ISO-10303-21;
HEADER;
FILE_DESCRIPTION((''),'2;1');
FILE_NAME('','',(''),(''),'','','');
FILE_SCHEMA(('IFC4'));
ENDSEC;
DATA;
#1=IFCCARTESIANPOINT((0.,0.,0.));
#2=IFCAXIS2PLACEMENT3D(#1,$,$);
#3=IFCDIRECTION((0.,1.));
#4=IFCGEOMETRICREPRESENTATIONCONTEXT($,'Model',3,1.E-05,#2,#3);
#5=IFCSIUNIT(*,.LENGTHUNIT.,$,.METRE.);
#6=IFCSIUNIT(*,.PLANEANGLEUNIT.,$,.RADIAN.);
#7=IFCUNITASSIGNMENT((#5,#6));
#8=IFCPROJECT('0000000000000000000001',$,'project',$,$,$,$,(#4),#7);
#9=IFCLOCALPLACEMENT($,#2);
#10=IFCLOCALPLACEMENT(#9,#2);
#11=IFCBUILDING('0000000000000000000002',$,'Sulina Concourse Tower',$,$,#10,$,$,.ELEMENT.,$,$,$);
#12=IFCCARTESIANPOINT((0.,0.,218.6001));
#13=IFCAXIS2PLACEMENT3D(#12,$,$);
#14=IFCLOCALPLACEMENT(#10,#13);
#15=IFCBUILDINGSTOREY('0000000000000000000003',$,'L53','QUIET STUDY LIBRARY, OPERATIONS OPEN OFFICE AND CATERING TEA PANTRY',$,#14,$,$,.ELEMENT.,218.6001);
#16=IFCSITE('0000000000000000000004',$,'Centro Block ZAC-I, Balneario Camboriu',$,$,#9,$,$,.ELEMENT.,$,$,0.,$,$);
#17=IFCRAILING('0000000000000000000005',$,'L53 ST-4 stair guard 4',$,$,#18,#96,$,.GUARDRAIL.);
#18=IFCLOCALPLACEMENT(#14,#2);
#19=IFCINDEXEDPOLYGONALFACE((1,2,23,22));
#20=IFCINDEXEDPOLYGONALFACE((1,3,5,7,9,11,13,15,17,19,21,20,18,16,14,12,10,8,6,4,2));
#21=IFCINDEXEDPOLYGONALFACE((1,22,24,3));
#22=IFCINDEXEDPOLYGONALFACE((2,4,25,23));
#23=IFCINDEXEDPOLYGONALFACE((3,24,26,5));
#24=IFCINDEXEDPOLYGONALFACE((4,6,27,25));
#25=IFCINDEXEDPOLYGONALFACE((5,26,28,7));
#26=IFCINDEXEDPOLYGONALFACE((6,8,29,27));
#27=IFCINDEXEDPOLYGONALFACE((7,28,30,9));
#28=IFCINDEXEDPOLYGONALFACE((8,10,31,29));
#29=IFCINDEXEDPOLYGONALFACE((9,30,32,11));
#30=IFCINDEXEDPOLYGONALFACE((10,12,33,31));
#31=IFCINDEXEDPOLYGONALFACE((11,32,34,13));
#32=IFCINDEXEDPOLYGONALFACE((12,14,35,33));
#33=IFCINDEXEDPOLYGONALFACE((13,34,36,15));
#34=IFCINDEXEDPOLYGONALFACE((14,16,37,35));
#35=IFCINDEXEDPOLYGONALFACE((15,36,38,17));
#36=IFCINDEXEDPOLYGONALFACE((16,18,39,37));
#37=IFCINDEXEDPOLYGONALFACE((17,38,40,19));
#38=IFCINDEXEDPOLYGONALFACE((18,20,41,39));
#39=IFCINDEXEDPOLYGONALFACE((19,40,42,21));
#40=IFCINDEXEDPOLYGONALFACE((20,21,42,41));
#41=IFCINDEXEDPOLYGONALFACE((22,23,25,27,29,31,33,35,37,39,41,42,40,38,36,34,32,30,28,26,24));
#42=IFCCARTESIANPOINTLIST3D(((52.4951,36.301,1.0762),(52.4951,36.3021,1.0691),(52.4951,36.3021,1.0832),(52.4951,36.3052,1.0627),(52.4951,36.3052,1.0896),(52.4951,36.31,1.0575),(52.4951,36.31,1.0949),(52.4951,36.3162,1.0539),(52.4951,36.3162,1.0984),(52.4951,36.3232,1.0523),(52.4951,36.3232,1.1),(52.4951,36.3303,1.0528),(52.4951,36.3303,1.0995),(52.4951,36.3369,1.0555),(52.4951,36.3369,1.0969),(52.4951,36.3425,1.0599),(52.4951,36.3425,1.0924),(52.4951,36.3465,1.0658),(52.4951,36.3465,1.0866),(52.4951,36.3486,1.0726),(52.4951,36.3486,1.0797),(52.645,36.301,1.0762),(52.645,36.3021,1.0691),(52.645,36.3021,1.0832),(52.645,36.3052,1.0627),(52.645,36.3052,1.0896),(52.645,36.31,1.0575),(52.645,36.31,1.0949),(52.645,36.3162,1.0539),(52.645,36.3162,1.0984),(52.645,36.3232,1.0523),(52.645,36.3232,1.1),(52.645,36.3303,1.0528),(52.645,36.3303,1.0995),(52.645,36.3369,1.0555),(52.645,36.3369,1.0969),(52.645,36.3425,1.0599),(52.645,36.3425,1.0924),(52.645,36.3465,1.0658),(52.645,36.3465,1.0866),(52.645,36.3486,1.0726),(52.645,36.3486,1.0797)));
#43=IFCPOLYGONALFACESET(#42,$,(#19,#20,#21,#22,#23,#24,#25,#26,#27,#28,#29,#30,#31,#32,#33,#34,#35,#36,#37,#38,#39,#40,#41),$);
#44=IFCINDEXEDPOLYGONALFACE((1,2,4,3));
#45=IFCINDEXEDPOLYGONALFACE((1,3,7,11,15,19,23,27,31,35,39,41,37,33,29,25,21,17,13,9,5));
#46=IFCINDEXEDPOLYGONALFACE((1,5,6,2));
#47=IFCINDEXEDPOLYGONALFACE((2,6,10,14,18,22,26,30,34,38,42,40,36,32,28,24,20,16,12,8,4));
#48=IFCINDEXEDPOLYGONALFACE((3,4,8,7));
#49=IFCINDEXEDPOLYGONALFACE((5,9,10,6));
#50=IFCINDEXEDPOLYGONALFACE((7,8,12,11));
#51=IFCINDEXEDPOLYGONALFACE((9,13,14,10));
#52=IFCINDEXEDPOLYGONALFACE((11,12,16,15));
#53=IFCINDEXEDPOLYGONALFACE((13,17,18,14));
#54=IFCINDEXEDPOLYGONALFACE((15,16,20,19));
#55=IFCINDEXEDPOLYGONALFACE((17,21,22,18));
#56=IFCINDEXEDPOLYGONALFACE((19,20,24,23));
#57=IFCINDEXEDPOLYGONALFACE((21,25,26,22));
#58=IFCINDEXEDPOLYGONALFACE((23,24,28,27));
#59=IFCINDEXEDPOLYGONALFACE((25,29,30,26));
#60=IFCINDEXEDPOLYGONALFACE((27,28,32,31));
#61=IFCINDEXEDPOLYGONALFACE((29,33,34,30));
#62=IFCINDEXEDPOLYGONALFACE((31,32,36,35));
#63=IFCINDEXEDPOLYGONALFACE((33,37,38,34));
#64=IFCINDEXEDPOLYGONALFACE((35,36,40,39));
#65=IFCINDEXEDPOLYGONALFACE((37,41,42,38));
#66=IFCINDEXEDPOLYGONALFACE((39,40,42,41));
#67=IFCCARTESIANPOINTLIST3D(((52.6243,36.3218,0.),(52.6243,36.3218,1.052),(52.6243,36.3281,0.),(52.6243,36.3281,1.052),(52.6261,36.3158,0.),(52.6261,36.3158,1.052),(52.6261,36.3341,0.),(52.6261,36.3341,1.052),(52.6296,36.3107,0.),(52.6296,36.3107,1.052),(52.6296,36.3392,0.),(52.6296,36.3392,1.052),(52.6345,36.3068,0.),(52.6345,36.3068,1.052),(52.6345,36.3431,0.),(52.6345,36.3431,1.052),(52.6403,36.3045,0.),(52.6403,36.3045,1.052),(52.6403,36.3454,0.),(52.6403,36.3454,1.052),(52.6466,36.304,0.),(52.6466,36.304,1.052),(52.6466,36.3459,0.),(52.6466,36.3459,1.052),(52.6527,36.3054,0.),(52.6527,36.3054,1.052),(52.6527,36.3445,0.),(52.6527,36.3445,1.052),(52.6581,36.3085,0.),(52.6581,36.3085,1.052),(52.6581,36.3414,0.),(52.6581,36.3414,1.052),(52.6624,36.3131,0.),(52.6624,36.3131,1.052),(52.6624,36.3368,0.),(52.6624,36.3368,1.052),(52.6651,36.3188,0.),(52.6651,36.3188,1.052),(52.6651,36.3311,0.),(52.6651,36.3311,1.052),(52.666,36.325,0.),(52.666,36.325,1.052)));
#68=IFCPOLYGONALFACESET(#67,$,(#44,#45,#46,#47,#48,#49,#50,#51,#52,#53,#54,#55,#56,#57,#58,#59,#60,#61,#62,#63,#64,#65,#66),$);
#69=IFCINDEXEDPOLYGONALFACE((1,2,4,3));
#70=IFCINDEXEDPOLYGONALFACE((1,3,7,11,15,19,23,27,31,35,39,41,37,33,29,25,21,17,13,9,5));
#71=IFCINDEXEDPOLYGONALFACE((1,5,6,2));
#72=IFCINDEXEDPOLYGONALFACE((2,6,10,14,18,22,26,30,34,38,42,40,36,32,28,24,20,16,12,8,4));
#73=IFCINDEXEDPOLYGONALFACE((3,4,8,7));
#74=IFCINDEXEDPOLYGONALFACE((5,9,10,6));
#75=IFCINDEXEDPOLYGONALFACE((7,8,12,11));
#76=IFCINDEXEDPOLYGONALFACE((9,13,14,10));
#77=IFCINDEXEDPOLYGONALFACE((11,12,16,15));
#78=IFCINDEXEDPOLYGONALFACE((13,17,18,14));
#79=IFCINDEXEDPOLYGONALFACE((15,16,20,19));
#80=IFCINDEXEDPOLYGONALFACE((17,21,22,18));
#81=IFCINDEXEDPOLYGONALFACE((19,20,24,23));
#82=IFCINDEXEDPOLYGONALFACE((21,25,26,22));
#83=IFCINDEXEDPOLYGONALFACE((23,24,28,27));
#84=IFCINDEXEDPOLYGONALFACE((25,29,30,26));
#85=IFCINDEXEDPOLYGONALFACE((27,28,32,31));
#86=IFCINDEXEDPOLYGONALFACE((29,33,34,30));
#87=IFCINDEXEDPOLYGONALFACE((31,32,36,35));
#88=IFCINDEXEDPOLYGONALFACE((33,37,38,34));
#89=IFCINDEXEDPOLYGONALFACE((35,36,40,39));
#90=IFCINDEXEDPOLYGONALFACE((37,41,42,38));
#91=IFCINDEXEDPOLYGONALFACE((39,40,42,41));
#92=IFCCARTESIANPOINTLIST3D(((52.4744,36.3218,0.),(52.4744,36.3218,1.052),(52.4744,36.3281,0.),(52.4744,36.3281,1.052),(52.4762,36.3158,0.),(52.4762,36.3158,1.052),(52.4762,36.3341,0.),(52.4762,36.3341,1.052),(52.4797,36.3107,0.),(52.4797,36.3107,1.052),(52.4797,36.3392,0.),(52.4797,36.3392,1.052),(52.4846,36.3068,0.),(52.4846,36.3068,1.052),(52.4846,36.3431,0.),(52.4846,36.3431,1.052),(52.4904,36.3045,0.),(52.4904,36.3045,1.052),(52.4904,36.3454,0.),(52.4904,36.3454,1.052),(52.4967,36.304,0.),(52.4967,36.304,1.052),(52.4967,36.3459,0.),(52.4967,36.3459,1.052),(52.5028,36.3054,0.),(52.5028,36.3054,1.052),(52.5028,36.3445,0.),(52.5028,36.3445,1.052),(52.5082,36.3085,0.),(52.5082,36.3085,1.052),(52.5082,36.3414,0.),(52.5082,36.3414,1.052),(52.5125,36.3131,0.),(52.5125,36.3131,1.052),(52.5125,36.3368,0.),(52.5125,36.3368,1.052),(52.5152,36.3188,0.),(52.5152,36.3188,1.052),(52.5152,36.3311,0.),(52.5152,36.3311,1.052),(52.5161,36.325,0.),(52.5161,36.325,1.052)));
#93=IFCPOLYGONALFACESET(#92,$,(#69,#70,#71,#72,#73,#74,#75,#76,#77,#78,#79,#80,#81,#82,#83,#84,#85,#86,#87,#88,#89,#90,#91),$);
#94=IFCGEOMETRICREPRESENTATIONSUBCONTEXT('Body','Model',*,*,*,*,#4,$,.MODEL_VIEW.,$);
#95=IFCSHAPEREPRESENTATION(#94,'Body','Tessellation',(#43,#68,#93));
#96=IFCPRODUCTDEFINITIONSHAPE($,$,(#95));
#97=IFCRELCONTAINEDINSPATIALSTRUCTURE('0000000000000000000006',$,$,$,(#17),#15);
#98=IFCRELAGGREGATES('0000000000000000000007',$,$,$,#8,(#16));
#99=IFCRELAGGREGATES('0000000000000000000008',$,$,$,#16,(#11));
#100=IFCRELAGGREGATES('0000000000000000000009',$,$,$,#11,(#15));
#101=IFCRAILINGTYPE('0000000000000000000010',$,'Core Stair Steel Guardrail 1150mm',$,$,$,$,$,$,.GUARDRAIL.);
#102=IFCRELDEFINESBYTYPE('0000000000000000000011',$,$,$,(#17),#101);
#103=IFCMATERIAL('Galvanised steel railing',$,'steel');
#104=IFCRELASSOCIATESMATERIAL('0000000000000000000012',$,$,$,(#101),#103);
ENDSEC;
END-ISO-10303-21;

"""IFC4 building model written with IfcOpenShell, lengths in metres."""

from ifc_helpers import new_model, si_unit, direction, frame, origin, origin_2d, place, context, subcontext, project, spatial, circle, extrude, material, type_object, element, save


model = new_model("IFC4")

# Units and contexts
model_context = context("Model", 3, precision=1e-05, world=origin(), true_north=direction((0.0, 1.0)))
body_context = subcontext(model_context, "Body", "Model", "MODEL_VIEW")
ifc_project = project(units=[si_unit("LENGTHUNIT", "METRE"), si_unit("PLANEANGLEUNIT", "RADIAN")], contexts=[model_context])

# Site, building, storey
site_placement = place(None, origin())
site = spatial("IfcSite", under=ifc_project, at=site_placement, Name="Centro Block ZAC-I, Balneario Camboriu", CompositionType="ELEMENT", RefElevation=0.0)
building_placement = place(site_placement, origin())
building = spatial("IfcBuilding", under=site, at=building_placement, Name="Sulina Concourse Tower", CompositionType="ELEMENT")
storey_placement = place(building_placement, frame((0.0, 0.0, 218.6001)))
storey = spatial("IfcBuildingStorey", under=building, at=storey_placement, Name="L53", Description="QUIET STUDY LIBRARY, OPERATIONS OPEN OFFICE AND CATERING TEA PANTRY", CompositionType="ELEMENT", Elevation=218.6001)

# Railing
ifc_material_1 = material(Name="Galvanised steel railing", Category="steel")
railing_type_1 = type_object("IfcRailingType", Name="Core Stair Steel Guardrail 1150mm", PredefinedType="GUARDRAIL", material=ifc_material_1)
railing_1_placement = place(storey_placement, frame((52.645, 36.325, 0.0)))
element("IfcRailing", 1, at=railing_1_placement, inside=storey, type_object=railing_type_1, Name="L53 ST-4 stair guard 4", PredefinedType="GUARDRAIL", context=body_context, shape_type="SweptSolid", body=[
    extrude(circle(Radius=0.0239, at=origin_2d()), frame((0.0, 0.0, 1.0762), z_axis=(-1.0, 0.0, 0.0), x_axis=(0.0, -1.0, 0.0)), (0.0, 0.0, 1.0), 0.1499),
    extrude(circle(Radius=0.021, at=origin_2d()), origin(), (0.0, 0.0, 1.0), 1.052),
    extrude(circle(Radius=0.021, at=origin_2d()), frame((-0.1499, 0.0, 0.0)), (0.0, 0.0, 1.0), 1.052),
])

save(model, "model.ifc")
